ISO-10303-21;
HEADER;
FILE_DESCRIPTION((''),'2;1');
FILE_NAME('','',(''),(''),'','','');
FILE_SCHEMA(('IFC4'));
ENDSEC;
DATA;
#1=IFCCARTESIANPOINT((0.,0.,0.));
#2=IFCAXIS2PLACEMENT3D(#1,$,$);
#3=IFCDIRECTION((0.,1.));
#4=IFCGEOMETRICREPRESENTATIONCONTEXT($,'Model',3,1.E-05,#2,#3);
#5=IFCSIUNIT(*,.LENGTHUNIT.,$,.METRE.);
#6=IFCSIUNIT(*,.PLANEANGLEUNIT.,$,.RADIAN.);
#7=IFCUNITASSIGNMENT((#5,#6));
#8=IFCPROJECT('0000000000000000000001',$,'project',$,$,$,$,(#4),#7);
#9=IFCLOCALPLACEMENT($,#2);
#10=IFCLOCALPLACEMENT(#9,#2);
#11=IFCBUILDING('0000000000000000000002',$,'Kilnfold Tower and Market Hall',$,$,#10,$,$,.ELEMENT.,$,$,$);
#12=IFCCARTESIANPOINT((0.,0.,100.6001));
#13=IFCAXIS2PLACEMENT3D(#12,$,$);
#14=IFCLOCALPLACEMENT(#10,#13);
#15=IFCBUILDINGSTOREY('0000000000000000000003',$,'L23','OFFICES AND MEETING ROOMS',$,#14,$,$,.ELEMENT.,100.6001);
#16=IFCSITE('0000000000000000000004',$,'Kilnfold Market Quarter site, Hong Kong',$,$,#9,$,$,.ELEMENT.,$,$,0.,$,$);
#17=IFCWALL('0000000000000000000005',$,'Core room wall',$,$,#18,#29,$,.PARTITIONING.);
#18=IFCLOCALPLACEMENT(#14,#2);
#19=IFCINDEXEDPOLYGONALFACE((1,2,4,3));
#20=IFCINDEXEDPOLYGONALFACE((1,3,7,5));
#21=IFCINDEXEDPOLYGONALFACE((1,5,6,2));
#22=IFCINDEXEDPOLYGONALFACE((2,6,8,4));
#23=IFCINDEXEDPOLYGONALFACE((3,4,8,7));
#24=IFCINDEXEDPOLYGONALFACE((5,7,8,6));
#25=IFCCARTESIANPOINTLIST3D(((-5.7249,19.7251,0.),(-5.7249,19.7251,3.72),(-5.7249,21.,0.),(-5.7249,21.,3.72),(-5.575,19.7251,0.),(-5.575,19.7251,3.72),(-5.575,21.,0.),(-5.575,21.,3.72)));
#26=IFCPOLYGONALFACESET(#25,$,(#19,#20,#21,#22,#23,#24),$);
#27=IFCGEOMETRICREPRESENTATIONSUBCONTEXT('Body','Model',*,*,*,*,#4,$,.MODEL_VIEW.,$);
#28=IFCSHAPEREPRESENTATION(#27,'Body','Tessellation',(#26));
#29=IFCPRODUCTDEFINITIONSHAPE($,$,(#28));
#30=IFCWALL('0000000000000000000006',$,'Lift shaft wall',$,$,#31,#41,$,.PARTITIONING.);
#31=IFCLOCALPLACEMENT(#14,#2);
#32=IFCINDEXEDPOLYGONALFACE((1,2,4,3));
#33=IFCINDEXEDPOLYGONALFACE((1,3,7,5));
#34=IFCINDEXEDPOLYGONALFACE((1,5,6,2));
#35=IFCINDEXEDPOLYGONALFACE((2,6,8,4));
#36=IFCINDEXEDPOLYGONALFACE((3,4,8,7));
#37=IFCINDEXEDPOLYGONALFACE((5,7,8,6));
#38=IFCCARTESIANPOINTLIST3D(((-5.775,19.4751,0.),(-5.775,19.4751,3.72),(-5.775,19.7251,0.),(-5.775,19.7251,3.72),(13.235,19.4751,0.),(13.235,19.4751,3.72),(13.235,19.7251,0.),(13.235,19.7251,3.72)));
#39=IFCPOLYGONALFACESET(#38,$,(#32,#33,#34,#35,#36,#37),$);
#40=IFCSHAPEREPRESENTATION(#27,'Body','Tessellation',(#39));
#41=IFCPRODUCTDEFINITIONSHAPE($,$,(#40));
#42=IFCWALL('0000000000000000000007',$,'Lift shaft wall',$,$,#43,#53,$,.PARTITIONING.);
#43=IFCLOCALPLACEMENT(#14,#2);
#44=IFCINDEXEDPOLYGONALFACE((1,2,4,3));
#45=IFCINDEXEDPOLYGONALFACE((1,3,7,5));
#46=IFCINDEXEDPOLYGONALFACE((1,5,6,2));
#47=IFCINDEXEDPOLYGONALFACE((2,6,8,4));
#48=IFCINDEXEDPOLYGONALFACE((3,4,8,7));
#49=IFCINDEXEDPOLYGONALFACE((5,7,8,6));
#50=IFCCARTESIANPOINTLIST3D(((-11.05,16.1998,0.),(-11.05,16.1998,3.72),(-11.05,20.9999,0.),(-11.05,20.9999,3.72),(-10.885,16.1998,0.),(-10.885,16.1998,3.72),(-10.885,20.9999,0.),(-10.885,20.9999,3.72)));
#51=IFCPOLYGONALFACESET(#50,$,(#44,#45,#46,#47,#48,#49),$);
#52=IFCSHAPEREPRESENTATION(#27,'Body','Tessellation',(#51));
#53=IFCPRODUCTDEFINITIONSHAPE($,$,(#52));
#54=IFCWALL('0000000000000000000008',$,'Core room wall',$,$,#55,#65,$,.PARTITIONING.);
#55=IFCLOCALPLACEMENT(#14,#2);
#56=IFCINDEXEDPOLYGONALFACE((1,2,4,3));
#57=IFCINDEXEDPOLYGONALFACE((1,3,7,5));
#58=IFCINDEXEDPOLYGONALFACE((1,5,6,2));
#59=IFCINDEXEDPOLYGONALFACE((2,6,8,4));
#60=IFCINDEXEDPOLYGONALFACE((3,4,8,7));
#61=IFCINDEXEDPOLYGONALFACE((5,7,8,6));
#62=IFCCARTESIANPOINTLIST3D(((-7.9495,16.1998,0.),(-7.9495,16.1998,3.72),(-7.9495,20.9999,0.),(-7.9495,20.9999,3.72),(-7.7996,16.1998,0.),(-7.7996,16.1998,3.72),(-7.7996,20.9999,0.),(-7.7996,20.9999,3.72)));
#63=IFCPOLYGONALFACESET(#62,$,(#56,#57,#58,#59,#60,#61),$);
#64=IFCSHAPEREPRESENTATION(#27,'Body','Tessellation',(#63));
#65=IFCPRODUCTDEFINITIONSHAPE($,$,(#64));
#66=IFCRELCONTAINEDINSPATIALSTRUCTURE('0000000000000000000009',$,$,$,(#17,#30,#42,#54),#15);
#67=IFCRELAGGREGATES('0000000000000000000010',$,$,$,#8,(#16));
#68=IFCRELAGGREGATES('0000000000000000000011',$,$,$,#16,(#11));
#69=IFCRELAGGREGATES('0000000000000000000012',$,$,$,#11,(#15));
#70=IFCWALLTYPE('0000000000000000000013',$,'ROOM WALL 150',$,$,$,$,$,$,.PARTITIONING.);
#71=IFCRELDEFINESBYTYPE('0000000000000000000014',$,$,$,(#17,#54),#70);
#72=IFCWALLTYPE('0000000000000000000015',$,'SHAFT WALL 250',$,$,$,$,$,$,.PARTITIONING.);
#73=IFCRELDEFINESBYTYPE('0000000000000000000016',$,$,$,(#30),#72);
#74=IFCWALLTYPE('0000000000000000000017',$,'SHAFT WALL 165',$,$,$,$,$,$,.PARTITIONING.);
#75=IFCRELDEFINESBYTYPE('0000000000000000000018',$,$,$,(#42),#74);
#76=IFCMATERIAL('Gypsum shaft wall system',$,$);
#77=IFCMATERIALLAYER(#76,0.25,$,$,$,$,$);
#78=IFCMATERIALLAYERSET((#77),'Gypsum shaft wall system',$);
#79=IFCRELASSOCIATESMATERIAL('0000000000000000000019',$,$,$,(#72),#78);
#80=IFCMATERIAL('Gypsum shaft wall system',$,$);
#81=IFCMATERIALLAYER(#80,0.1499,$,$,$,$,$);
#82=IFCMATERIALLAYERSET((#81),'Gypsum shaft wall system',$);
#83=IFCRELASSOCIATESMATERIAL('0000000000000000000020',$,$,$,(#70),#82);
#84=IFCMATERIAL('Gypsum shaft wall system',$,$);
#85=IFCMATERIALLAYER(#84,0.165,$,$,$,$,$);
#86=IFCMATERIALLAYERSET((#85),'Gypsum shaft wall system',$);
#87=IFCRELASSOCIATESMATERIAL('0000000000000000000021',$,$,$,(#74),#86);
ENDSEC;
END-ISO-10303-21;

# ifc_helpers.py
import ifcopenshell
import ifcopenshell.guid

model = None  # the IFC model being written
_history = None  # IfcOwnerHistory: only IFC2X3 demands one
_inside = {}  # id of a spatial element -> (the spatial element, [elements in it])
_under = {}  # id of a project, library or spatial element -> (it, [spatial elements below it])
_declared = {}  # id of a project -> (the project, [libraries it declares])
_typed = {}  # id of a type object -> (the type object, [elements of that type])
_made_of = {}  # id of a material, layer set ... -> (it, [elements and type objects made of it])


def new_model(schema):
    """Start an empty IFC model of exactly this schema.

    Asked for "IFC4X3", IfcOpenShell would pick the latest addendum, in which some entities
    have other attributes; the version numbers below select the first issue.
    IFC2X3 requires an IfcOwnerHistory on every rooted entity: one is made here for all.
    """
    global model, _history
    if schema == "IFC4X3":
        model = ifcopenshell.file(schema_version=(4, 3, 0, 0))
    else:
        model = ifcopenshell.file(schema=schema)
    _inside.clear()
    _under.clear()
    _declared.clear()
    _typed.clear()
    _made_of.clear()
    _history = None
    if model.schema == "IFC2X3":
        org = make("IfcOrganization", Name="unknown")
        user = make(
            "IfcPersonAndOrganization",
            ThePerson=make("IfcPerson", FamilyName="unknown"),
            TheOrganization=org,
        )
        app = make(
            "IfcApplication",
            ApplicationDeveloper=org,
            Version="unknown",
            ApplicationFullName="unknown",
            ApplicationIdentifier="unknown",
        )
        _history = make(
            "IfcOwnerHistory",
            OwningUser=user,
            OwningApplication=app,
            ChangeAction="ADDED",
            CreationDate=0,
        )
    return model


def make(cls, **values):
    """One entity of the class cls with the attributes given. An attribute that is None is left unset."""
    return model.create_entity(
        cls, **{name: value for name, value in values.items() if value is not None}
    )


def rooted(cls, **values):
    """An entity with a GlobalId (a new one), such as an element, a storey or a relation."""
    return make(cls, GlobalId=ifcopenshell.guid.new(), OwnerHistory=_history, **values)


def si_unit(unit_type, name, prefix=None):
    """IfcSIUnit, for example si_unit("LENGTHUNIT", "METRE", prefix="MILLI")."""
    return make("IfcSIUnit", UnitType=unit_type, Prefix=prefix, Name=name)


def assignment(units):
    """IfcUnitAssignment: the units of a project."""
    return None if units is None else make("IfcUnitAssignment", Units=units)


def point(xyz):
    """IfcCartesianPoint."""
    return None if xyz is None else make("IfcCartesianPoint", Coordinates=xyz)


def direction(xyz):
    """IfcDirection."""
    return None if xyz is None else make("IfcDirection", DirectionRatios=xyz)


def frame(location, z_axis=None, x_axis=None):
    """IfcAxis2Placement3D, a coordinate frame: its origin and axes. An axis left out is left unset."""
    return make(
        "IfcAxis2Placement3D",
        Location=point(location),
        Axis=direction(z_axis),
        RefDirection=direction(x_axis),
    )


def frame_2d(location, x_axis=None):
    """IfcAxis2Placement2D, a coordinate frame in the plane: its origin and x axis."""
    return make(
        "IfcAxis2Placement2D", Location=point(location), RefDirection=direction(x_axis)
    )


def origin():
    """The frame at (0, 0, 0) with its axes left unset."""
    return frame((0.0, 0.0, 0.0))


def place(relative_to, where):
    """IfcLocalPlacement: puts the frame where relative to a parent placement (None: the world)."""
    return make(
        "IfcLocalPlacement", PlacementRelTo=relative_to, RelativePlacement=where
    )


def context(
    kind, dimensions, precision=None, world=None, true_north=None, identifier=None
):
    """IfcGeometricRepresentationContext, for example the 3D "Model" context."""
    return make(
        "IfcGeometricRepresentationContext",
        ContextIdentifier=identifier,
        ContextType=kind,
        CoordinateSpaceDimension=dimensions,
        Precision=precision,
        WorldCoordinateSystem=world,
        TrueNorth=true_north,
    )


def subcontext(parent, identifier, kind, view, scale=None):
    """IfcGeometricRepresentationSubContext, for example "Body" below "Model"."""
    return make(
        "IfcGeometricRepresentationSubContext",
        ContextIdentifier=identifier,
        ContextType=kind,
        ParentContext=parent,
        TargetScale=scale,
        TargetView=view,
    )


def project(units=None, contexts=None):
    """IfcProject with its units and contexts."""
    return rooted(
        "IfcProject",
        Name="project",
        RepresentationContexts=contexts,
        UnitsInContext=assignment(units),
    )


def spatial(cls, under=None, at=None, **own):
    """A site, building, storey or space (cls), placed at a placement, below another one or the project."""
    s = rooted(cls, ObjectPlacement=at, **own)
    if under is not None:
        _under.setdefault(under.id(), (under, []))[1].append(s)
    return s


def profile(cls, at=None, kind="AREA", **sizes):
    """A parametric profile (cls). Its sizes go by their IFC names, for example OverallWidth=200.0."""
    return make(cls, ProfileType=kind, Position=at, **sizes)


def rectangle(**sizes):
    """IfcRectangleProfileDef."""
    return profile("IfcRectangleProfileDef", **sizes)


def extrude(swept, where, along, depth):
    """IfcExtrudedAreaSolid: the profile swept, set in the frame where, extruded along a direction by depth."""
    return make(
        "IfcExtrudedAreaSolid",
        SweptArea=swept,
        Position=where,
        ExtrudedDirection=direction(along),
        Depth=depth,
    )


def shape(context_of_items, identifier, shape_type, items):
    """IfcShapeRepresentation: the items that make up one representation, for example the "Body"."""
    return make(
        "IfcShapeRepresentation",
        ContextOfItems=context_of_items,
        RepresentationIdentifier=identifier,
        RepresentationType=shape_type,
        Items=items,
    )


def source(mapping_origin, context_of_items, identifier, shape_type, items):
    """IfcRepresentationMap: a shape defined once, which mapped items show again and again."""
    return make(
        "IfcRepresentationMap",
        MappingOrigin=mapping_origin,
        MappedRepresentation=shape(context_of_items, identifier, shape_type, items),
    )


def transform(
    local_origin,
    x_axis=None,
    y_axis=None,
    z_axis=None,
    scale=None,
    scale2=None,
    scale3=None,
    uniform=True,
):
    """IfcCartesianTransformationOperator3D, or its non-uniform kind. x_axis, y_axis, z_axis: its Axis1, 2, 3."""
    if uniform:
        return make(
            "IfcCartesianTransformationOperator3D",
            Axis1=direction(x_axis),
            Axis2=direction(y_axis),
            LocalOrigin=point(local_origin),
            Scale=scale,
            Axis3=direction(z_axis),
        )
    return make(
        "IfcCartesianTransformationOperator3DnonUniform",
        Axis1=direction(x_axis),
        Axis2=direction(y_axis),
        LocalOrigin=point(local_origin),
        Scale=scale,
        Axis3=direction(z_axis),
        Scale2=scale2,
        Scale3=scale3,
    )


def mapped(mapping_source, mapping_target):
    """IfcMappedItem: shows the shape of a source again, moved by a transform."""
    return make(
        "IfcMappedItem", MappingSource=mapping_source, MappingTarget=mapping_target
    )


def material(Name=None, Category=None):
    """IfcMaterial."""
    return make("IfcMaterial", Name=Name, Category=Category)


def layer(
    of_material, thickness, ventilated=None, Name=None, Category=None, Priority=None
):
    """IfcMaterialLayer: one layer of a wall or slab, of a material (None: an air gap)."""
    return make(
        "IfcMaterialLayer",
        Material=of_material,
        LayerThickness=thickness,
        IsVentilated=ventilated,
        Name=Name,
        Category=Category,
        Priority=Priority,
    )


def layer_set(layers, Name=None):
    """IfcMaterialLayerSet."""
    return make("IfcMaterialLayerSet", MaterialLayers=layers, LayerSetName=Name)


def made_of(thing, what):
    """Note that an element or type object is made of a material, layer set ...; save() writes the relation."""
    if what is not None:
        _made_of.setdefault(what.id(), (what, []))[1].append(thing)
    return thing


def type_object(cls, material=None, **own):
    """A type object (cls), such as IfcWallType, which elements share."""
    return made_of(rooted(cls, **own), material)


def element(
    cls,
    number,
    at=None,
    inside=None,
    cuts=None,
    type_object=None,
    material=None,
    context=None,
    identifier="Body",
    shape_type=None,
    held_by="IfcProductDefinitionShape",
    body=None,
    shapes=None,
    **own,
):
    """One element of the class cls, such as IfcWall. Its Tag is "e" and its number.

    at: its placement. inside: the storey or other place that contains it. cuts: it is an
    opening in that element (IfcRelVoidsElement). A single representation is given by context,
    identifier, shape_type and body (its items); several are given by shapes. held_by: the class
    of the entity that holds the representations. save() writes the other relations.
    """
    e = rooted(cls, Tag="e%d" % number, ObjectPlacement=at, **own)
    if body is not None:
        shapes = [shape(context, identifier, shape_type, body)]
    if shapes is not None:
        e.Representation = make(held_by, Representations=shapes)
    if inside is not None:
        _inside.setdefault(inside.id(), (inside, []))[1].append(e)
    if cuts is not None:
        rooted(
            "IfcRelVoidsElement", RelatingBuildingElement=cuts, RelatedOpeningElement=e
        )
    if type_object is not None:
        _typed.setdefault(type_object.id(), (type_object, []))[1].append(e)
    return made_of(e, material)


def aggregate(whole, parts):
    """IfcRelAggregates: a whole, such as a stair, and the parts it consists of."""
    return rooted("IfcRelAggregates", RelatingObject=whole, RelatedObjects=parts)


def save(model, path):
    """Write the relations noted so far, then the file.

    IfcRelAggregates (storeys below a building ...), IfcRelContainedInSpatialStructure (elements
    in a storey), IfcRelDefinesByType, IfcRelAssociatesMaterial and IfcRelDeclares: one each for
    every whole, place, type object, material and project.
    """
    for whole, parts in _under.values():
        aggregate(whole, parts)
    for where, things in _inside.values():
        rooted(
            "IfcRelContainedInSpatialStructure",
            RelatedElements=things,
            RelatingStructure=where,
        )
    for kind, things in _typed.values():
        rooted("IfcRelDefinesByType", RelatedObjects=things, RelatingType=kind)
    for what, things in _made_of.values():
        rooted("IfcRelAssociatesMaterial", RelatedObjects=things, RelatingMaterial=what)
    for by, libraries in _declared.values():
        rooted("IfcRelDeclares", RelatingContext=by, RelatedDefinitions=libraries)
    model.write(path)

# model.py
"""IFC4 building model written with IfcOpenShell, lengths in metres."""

from ifc_helpers import new_model, si_unit, direction, frame, frame_2d, origin, place, context, subcontext, project, spatial, rectangle, extrude, source, transform, mapped, material, layer, layer_set, type_object, element, save


model = new_model("IFC4")

# Units and contexts
model_context = context("Model", 3, precision=1e-05, world=origin(), true_north=direction((0.0, 1.0)))
body_context = subcontext(model_context, "Body", "Model", "MODEL_VIEW")
ifc_project = project(units=[si_unit("LENGTHUNIT", "METRE"), si_unit("PLANEANGLEUNIT", "RADIAN")], contexts=[model_context])

# Site, building, storey
site_placement = place(None, origin())
site = spatial("IfcSite", under=ifc_project, at=site_placement, Name="Kilnfold Market Quarter site, Hong Kong", CompositionType="ELEMENT", RefElevation=0.0)
building_placement = place(site_placement, origin())
building = spatial("IfcBuilding", under=site, at=building_placement, Name="Kilnfold Tower and Market Hall", CompositionType="ELEMENT")
storey_placement = place(building_placement, frame((0.0, 0.0, 100.6001)))
storey = spatial("IfcBuildingStorey", under=building, at=storey_placement, Name="L23", Description="OFFICES AND MEETING ROOMS", CompositionType="ELEMENT", Elevation=100.6001)

# Walls
ifc_material_1 = material(Name="Gypsum shaft wall system")
ifc_layer_1 = layer(ifc_material_1, 0.25)
ifc_layer_set_1 = layer_set([ifc_layer_1], Name="Gypsum shaft wall system")
wall_type_1 = type_object("IfcWallType", Name="SHAFT WALL 250", PredefinedType="PARTITIONING", material=ifc_layer_set_1)
ifc_material_2 = material(Name="Gypsum shaft wall system")
ifc_layer_2 = layer(ifc_material_2, 0.1499)
ifc_layer_set_2 = layer_set([ifc_layer_2], Name="Gypsum shaft wall system")
wall_type_2 = type_object("IfcWallType", Name="ROOM WALL 150", PredefinedType="PARTITIONING", material=ifc_layer_set_2)
shared_shape_1 = source(origin(), body_context, "Body", "SweptSolid", [
    extrude(rectangle(XDim=1.2749, YDim=0.1499, at=frame_2d((0.6375, 0.0))), origin(), (0.0, 0.0, 1.0), 3.72),
])
wall_1_placement = place(storey_placement, frame((-5.6499, 19.7251, 0.0), z_axis=(0.0, 0.0, 1.0), x_axis=(0.0, 1.0, 0.0)))
element("IfcWall", 1, at=wall_1_placement, inside=storey, type_object=wall_type_2, Name="Core room wall", PredefinedType="PARTITIONING", context=body_context, shape_type="MappedRepresentation", body=[
    mapped(shared_shape_1, transform((0.0, 0.0, 0.0))),
])
shared_shape_2 = source(origin(), body_context, "Body", "SweptSolid", [
    extrude(rectangle(XDim=19.01, YDim=0.25, at=frame_2d((9.5049, 0.0))), origin(), (0.0, 0.0, 1.0), 3.72),
])
wall_2_placement = place(storey_placement, frame((-5.7749, 19.6001, 0.0), z_axis=(0.0, 0.0, 1.0), x_axis=(1.0, 0.0, 0.0)))
element("IfcWall", 2, at=wall_2_placement, inside=storey, type_object=wall_type_1, Name="Lift shaft wall", PredefinedType="PARTITIONING", context=body_context, shape_type="MappedRepresentation", body=[
    mapped(shared_shape_2, transform((0.0, 0.0, 0.0))),
])
ifc_material_3 = material(Name="Gypsum shaft wall system")
ifc_layer_3 = layer(ifc_material_3, 0.165)
ifc_layer_set_3 = layer_set([ifc_layer_3], Name="Gypsum shaft wall system")
wall_type_3 = type_object("IfcWallType", Name="SHAFT WALL 165", PredefinedType="PARTITIONING", material=ifc_layer_set_3)
shared_shape_3 = source(origin(), body_context, "Body", "SweptSolid", [
    extrude(rectangle(XDim=4.8, YDim=0.165, at=frame_2d((2.3999, 0.0))), origin(), (0.0, 0.0, 1.0), 3.72),
])
wall_3_placement = place(storey_placement, frame((-10.9675, 16.2, 0.0), z_axis=(0.0, 0.0, 1.0), x_axis=(0.0, 1.0, 0.0)))
element("IfcWall", 3, at=wall_3_placement, inside=storey, type_object=wall_type_3, Name="Lift shaft wall", PredefinedType="PARTITIONING", context=body_context, shape_type="MappedRepresentation", body=[
    mapped(shared_shape_3, transform((0.0, 0.0, 0.0))),
])
shared_shape_4 = source(origin(), body_context, "Body", "SweptSolid", [
    extrude(rectangle(XDim=4.8, YDim=0.1499, at=frame_2d((2.3999, 0.0))), origin(), (0.0, 0.0, 1.0), 3.72),
])
wall_4_placement = place(storey_placement, frame((-7.8745, 16.2, 0.0), z_axis=(0.0, 0.0, 1.0), x_axis=(0.0, 1.0, 0.0)))
element("IfcWall", 4, at=wall_4_placement, inside=storey, type_object=wall_type_2, Name="Core room wall", PredefinedType="PARTITIONING", context=body_context, shape_type="MappedRepresentation", body=[
    mapped(shared_shape_4, transform((0.0, 0.0, 0.0))),
])

save(model, "model.ifc")
